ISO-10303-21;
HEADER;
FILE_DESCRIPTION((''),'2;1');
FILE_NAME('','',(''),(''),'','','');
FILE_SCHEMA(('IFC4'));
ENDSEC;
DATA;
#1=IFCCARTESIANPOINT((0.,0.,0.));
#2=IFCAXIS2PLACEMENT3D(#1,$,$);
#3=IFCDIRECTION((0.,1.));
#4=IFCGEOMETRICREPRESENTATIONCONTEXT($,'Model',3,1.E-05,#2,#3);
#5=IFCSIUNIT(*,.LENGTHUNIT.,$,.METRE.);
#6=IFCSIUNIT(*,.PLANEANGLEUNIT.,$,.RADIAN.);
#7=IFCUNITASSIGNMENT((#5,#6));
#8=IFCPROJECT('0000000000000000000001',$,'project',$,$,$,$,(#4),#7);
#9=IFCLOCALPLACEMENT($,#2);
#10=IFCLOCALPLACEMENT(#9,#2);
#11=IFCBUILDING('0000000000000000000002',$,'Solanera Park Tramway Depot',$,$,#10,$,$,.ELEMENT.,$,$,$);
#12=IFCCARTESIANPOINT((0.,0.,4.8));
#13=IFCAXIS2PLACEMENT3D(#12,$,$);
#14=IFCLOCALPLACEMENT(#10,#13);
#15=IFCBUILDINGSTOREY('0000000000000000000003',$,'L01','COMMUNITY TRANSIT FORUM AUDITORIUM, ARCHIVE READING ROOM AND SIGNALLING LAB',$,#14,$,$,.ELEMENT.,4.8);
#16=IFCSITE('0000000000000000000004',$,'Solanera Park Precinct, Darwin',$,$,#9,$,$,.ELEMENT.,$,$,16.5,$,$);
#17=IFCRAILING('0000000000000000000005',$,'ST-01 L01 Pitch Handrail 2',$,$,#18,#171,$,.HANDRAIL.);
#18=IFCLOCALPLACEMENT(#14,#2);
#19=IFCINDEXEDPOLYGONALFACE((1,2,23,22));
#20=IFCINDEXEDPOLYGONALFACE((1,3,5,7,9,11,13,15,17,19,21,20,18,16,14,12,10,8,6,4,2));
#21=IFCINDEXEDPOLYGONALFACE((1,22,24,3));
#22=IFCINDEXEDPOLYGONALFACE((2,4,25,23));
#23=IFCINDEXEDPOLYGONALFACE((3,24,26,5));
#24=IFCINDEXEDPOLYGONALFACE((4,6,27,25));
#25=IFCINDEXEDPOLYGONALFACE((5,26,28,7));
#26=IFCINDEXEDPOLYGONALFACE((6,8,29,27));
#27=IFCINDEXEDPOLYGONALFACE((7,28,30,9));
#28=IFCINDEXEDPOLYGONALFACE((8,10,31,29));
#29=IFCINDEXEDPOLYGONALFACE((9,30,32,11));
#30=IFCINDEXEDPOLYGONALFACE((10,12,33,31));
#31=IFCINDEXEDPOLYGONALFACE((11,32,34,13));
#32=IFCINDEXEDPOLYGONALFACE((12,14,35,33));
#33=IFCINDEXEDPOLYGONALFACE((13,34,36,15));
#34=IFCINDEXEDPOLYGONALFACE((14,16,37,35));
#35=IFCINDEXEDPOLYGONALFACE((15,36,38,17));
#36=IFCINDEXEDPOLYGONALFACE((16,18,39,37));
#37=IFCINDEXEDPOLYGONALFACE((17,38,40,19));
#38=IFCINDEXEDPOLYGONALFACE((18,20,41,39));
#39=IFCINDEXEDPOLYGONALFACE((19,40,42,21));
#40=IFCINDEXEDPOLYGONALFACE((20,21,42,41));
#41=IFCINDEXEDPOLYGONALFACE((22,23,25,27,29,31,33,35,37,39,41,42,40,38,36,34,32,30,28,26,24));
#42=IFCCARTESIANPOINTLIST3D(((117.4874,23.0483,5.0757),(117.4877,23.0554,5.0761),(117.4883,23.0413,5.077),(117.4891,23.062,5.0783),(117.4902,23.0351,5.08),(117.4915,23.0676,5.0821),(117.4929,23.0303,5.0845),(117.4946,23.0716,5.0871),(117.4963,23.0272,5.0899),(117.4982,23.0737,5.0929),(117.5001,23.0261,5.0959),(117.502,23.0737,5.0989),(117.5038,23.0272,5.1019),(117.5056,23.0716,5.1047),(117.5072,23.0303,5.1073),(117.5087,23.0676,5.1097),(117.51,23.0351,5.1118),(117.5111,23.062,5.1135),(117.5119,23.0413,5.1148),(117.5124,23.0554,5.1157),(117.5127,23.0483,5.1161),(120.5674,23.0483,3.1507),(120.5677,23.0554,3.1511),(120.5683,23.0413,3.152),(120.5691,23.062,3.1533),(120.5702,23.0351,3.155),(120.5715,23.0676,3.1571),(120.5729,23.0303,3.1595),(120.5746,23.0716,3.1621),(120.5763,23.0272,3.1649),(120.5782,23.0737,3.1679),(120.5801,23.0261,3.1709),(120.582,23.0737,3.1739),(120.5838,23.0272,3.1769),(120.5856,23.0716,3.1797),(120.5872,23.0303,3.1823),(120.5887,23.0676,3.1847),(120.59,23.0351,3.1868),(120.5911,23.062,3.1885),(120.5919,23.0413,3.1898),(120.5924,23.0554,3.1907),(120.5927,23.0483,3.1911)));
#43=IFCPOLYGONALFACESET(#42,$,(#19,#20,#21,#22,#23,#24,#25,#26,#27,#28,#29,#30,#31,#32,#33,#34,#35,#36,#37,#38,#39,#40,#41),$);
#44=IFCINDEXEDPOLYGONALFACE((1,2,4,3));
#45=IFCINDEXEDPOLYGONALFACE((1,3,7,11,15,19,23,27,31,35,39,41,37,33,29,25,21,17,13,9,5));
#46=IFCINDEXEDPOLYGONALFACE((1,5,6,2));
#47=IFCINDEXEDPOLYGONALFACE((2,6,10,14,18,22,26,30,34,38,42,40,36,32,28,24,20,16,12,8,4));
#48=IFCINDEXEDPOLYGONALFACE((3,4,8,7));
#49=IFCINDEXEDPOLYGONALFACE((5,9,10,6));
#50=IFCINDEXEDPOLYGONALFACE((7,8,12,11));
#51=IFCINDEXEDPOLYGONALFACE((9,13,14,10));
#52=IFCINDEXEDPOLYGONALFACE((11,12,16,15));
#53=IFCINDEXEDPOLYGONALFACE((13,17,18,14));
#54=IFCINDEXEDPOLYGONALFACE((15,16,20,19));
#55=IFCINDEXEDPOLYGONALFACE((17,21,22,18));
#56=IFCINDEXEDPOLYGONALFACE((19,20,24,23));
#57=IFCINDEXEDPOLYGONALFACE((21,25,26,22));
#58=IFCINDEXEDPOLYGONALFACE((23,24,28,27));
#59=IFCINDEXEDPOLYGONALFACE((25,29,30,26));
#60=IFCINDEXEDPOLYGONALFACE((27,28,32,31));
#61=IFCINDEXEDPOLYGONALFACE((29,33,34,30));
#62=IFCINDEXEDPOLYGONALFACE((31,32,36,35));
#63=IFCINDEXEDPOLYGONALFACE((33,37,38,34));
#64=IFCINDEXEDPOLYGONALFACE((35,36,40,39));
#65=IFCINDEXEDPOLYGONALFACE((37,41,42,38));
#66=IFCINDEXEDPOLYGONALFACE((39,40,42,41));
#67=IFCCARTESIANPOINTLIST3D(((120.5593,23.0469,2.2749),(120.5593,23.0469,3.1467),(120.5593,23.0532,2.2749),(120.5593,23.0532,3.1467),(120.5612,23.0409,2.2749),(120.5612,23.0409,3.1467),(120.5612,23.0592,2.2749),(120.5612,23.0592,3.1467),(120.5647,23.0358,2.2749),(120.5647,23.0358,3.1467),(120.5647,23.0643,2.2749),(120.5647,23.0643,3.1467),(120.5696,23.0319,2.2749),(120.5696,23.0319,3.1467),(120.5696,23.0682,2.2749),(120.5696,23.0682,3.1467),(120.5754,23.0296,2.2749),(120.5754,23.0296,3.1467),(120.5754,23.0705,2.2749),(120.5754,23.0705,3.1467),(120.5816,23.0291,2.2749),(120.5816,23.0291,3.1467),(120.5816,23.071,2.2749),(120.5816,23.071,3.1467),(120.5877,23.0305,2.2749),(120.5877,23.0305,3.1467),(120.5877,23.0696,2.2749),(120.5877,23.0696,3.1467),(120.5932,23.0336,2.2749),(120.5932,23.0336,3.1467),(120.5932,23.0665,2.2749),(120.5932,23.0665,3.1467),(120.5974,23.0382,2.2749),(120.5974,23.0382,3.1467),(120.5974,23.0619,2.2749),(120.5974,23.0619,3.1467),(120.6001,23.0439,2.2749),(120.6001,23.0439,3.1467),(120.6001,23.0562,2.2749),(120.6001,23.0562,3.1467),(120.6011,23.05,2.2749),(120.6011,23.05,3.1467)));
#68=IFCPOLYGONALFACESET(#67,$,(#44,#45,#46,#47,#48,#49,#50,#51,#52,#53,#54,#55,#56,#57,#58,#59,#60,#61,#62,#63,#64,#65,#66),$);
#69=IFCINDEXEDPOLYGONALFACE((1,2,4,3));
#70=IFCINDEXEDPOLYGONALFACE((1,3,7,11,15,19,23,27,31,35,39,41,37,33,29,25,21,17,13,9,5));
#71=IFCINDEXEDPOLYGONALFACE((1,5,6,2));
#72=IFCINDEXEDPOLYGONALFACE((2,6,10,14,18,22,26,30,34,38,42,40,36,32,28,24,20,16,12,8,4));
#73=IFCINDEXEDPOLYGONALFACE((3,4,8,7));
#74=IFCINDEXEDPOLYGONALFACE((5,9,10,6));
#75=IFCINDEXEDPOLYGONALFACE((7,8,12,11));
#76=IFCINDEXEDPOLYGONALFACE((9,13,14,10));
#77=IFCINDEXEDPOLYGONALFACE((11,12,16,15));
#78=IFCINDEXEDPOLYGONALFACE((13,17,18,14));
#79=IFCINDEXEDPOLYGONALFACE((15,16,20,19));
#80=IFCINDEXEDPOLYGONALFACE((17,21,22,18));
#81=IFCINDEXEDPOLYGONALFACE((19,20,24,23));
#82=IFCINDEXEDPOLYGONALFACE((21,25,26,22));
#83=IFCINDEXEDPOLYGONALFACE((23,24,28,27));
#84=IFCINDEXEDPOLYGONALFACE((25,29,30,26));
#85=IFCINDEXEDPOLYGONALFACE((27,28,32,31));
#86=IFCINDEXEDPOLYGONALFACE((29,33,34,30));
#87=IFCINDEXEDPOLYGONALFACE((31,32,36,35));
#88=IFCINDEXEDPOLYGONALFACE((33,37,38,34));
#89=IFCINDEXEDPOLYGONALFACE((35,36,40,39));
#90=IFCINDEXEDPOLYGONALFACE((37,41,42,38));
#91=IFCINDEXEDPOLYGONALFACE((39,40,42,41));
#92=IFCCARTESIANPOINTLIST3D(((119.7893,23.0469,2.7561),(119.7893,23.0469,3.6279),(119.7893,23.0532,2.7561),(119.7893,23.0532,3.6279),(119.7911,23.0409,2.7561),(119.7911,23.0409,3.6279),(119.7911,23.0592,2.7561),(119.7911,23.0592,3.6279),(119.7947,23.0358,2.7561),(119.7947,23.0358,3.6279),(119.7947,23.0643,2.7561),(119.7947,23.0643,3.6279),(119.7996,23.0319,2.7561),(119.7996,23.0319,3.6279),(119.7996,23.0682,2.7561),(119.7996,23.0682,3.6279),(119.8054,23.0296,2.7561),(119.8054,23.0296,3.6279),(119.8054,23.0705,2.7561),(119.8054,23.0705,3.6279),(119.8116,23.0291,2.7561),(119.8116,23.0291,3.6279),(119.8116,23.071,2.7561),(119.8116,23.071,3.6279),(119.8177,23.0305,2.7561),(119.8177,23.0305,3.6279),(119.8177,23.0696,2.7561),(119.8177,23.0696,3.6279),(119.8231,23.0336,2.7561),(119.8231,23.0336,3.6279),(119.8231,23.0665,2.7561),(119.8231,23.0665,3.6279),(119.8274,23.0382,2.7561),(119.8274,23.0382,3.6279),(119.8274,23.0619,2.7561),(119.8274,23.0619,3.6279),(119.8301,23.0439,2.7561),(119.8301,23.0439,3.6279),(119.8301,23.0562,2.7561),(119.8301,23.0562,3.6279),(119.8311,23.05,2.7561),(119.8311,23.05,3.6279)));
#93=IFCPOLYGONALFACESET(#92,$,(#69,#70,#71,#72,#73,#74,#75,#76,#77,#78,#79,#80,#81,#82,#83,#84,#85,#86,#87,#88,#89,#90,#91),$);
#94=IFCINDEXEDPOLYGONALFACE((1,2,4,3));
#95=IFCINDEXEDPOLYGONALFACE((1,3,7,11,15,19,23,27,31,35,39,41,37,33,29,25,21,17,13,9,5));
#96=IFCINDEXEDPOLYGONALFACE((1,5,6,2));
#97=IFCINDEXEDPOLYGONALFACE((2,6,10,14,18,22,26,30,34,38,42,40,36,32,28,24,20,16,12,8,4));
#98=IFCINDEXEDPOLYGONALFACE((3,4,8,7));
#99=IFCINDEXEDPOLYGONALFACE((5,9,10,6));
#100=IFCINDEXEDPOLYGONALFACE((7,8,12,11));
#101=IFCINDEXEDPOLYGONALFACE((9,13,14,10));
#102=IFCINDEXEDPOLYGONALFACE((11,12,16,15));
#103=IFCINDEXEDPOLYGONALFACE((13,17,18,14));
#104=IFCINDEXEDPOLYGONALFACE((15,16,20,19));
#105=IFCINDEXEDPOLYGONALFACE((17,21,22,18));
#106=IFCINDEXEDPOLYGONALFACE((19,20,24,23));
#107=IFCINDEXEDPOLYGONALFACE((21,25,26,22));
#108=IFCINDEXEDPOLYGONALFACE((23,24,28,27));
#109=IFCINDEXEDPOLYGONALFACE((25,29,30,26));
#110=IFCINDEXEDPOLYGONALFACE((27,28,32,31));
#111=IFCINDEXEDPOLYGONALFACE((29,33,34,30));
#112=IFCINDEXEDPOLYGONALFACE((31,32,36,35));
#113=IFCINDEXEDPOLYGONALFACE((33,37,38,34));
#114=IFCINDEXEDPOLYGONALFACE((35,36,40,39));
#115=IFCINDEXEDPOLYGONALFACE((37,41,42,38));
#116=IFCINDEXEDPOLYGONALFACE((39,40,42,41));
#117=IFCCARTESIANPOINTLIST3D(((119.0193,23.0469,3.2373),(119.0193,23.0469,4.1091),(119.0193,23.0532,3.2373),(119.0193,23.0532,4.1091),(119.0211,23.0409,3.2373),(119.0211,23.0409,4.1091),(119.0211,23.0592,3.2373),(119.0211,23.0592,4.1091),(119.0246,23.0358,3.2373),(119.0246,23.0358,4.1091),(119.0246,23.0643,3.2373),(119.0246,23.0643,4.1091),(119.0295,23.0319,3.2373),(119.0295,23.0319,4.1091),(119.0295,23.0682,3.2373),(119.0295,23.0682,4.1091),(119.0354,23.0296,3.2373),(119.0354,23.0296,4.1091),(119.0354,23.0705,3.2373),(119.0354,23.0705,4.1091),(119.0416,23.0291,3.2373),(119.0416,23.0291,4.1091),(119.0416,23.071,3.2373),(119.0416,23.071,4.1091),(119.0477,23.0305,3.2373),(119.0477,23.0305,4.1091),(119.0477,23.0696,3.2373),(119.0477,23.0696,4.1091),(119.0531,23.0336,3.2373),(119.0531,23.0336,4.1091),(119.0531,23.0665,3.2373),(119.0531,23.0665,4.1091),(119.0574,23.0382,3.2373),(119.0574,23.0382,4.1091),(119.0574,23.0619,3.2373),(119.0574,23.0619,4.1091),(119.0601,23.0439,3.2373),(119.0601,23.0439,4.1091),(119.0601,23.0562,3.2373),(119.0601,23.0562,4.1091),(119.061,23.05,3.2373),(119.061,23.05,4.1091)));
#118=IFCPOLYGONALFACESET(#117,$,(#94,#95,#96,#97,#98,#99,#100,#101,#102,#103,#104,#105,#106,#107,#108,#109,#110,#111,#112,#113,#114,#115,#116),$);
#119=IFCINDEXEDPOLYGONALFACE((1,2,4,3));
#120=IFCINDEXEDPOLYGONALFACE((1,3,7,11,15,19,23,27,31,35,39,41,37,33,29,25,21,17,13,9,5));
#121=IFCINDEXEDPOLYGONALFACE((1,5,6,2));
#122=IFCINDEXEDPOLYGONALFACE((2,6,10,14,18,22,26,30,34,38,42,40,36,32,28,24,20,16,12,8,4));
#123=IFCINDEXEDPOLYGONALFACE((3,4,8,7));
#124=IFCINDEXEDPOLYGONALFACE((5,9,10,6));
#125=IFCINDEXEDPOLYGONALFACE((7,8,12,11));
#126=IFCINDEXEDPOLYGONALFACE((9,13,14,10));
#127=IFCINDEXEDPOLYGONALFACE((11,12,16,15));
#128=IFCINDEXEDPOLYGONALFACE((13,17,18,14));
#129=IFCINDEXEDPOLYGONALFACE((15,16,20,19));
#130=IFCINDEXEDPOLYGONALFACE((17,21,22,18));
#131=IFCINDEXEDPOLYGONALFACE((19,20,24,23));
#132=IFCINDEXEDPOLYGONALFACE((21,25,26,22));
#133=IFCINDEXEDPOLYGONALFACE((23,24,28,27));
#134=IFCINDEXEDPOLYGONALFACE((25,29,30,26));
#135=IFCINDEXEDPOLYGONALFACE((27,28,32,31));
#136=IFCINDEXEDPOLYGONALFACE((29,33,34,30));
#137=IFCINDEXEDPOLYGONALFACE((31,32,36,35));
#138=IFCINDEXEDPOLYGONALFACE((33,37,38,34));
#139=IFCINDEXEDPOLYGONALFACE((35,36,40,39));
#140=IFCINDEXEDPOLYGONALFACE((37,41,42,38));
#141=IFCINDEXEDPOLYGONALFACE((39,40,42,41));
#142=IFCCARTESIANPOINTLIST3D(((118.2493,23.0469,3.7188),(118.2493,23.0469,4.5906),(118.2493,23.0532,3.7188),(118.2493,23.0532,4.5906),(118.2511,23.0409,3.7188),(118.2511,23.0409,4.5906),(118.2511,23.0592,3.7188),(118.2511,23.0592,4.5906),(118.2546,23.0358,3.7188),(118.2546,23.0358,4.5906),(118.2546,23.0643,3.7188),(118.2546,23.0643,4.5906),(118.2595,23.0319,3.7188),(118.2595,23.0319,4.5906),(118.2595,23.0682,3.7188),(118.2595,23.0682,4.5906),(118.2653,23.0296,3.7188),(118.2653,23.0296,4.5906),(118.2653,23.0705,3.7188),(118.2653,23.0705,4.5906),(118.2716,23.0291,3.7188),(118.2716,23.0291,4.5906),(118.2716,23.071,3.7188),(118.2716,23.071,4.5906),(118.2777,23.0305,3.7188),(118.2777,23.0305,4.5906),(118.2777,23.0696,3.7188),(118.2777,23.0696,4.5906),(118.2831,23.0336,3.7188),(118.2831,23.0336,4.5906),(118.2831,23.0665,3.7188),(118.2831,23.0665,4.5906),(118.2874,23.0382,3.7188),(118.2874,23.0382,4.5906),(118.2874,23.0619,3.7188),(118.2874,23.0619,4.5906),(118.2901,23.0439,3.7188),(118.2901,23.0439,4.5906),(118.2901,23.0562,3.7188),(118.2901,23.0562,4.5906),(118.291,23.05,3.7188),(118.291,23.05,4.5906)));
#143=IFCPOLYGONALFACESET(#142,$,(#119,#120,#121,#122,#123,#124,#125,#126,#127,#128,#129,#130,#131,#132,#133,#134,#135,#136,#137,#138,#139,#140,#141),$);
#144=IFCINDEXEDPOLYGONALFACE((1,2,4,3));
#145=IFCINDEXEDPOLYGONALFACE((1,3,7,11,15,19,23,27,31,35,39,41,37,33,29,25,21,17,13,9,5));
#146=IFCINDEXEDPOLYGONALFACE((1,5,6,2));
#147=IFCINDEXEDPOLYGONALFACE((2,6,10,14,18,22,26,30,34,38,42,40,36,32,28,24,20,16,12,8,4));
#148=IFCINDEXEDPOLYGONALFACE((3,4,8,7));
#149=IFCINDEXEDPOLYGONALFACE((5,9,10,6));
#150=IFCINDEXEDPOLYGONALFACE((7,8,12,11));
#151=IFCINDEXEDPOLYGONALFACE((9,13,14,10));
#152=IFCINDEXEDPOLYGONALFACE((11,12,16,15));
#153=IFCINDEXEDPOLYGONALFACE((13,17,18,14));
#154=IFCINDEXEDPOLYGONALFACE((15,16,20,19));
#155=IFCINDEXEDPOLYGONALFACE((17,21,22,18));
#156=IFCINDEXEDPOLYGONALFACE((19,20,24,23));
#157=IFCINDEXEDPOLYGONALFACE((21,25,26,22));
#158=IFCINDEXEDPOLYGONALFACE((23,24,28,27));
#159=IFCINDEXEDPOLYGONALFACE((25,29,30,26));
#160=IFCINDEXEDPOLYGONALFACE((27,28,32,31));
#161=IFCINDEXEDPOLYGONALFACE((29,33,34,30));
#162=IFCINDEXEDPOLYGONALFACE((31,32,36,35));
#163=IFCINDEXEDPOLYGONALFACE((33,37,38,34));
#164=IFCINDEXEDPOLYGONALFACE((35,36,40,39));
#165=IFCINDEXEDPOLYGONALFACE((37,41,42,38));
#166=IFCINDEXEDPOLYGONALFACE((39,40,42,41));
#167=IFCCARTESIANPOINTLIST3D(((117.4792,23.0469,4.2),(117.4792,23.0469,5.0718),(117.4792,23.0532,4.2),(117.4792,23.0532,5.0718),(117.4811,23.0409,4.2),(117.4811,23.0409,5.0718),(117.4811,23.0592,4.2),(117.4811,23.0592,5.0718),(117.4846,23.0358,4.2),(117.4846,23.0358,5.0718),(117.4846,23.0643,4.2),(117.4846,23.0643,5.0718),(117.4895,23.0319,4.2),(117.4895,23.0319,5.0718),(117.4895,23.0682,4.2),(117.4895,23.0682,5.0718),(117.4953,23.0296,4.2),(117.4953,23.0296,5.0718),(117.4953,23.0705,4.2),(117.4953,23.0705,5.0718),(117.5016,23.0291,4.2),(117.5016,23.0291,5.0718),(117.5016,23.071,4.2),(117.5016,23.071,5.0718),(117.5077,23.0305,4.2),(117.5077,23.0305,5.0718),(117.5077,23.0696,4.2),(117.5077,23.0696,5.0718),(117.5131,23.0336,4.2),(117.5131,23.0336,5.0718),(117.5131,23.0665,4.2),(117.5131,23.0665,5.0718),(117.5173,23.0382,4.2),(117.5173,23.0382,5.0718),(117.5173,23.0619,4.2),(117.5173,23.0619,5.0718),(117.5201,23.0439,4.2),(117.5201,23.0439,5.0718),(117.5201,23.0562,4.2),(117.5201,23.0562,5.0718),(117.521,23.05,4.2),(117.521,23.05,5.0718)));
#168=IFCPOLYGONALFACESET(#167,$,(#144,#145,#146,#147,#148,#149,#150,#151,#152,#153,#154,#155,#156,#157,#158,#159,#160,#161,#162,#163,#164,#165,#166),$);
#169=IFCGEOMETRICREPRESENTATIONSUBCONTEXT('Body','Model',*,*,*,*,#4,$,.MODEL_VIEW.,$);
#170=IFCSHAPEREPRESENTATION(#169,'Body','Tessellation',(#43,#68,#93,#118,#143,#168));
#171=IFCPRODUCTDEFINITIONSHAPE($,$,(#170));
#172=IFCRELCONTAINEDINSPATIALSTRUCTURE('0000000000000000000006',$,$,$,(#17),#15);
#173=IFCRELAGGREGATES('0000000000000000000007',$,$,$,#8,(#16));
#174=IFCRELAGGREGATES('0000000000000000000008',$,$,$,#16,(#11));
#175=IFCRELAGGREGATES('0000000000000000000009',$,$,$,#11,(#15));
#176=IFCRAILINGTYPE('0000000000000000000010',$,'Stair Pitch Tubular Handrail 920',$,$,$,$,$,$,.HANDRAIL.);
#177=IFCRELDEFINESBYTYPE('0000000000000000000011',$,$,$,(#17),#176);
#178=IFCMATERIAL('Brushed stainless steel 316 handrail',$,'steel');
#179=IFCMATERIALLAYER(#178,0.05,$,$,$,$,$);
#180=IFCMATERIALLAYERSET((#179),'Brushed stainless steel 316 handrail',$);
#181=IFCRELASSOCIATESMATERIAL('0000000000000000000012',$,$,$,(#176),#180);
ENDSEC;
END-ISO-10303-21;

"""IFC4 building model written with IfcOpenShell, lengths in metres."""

from ifc_helpers import new_model, si_unit, direction, frame, origin, origin_2d, place, context, subcontext, project, spatial, circle, extrude, material, layer, layer_set, type_object, element, save


model = new_model("IFC4")

# Units and contexts
model_context = context("Model", 3, precision=1e-05, world=origin(), true_north=direction((0.0, 1.0)))
body_context = subcontext(model_context, "Body", "Model", "MODEL_VIEW")
ifc_project = project(units=[si_unit("LENGTHUNIT", "METRE"), si_unit("PLANEANGLEUNIT", "RADIAN")], contexts=[model_context])

# Site, building, storey
site_placement = place(None, origin())
site = spatial("IfcSite", under=ifc_project, at=site_placement, Name="Solanera Park Precinct, Darwin", CompositionType="ELEMENT", RefElevation=16.5)
building_placement = place(site_placement, origin())
building = spatial("IfcBuilding", under=site, at=building_placement, Name="Solanera Park Tramway Depot", CompositionType="ELEMENT")
storey_placement = place(building_placement, frame((0.0, 0.0, 4.8)))
storey = spatial("IfcBuildingStorey", under=building, at=storey_placement, Name="L01", Description="COMMUNITY TRANSIT FORUM AUDITORIUM, ARCHIVE READING ROOM AND SIGNALLING LAB", CompositionType="ELEMENT", Elevation=4.8)

# Railing
ifc_material_1 = material(Name="Brushed stainless steel 316 handrail", Category="steel")
ifc_layer_1 = layer(ifc_material_1, 0.05)
ifc_layer_set_1 = layer_set([ifc_layer_1], Name="Brushed stainless steel 316 handrail")
railing_type_1 = type_object("IfcRailingType", Name="Stair Pitch Tubular Handrail 920", PredefinedType="HANDRAIL", material=ifc_layer_set_1)
railing_1_placement = place(storey_placement, frame((120.5801, 23.05, 2.2749)))
element("IfcRailing", 1, at=railing_1_placement, inside=storey, type_object=railing_type_1, Name="ST-01 L01 Pitch Handrail 2", PredefinedType="HANDRAIL", context=body_context, shape_type="SweptSolid", body=[
    extrude(circle(Radius=0.0239, at=origin_2d()), frame((0.0, 0.0, 0.896), z_axis=(-0.847998, 0.0, 0.529999), x_axis=(0.0, -1.0, 0.0)), (0.0, 0.0, 1.0), 3.6321),
    extrude(circle(Radius=0.021, at=origin_2d()), origin(), (0.0, 0.0, 1.0), 0.8718),
    extrude(circle(Radius=0.021, at=origin_2d()), frame((-0.77, 0.0, 0.4812)), (0.0, 0.0, 1.0), 0.8718),
    extrude(circle(Radius=0.021, at=origin_2d()), frame((-1.54, 0.0, 0.9624)), (0.0, 0.0, 1.0), 0.8718),
    extrude(circle(Radius=0.021, at=origin_2d()), frame((-2.3101, 0.0, 1.4438)), (0.0, 0.0, 1.0), 0.8718),
    extrude(circle(Radius=0.021, at=origin_2d()), frame((-3.0801, 0.0, 1.925)), (0.0, 0.0, 1.0), 0.8718),
])

save(model, "model.ifc")
